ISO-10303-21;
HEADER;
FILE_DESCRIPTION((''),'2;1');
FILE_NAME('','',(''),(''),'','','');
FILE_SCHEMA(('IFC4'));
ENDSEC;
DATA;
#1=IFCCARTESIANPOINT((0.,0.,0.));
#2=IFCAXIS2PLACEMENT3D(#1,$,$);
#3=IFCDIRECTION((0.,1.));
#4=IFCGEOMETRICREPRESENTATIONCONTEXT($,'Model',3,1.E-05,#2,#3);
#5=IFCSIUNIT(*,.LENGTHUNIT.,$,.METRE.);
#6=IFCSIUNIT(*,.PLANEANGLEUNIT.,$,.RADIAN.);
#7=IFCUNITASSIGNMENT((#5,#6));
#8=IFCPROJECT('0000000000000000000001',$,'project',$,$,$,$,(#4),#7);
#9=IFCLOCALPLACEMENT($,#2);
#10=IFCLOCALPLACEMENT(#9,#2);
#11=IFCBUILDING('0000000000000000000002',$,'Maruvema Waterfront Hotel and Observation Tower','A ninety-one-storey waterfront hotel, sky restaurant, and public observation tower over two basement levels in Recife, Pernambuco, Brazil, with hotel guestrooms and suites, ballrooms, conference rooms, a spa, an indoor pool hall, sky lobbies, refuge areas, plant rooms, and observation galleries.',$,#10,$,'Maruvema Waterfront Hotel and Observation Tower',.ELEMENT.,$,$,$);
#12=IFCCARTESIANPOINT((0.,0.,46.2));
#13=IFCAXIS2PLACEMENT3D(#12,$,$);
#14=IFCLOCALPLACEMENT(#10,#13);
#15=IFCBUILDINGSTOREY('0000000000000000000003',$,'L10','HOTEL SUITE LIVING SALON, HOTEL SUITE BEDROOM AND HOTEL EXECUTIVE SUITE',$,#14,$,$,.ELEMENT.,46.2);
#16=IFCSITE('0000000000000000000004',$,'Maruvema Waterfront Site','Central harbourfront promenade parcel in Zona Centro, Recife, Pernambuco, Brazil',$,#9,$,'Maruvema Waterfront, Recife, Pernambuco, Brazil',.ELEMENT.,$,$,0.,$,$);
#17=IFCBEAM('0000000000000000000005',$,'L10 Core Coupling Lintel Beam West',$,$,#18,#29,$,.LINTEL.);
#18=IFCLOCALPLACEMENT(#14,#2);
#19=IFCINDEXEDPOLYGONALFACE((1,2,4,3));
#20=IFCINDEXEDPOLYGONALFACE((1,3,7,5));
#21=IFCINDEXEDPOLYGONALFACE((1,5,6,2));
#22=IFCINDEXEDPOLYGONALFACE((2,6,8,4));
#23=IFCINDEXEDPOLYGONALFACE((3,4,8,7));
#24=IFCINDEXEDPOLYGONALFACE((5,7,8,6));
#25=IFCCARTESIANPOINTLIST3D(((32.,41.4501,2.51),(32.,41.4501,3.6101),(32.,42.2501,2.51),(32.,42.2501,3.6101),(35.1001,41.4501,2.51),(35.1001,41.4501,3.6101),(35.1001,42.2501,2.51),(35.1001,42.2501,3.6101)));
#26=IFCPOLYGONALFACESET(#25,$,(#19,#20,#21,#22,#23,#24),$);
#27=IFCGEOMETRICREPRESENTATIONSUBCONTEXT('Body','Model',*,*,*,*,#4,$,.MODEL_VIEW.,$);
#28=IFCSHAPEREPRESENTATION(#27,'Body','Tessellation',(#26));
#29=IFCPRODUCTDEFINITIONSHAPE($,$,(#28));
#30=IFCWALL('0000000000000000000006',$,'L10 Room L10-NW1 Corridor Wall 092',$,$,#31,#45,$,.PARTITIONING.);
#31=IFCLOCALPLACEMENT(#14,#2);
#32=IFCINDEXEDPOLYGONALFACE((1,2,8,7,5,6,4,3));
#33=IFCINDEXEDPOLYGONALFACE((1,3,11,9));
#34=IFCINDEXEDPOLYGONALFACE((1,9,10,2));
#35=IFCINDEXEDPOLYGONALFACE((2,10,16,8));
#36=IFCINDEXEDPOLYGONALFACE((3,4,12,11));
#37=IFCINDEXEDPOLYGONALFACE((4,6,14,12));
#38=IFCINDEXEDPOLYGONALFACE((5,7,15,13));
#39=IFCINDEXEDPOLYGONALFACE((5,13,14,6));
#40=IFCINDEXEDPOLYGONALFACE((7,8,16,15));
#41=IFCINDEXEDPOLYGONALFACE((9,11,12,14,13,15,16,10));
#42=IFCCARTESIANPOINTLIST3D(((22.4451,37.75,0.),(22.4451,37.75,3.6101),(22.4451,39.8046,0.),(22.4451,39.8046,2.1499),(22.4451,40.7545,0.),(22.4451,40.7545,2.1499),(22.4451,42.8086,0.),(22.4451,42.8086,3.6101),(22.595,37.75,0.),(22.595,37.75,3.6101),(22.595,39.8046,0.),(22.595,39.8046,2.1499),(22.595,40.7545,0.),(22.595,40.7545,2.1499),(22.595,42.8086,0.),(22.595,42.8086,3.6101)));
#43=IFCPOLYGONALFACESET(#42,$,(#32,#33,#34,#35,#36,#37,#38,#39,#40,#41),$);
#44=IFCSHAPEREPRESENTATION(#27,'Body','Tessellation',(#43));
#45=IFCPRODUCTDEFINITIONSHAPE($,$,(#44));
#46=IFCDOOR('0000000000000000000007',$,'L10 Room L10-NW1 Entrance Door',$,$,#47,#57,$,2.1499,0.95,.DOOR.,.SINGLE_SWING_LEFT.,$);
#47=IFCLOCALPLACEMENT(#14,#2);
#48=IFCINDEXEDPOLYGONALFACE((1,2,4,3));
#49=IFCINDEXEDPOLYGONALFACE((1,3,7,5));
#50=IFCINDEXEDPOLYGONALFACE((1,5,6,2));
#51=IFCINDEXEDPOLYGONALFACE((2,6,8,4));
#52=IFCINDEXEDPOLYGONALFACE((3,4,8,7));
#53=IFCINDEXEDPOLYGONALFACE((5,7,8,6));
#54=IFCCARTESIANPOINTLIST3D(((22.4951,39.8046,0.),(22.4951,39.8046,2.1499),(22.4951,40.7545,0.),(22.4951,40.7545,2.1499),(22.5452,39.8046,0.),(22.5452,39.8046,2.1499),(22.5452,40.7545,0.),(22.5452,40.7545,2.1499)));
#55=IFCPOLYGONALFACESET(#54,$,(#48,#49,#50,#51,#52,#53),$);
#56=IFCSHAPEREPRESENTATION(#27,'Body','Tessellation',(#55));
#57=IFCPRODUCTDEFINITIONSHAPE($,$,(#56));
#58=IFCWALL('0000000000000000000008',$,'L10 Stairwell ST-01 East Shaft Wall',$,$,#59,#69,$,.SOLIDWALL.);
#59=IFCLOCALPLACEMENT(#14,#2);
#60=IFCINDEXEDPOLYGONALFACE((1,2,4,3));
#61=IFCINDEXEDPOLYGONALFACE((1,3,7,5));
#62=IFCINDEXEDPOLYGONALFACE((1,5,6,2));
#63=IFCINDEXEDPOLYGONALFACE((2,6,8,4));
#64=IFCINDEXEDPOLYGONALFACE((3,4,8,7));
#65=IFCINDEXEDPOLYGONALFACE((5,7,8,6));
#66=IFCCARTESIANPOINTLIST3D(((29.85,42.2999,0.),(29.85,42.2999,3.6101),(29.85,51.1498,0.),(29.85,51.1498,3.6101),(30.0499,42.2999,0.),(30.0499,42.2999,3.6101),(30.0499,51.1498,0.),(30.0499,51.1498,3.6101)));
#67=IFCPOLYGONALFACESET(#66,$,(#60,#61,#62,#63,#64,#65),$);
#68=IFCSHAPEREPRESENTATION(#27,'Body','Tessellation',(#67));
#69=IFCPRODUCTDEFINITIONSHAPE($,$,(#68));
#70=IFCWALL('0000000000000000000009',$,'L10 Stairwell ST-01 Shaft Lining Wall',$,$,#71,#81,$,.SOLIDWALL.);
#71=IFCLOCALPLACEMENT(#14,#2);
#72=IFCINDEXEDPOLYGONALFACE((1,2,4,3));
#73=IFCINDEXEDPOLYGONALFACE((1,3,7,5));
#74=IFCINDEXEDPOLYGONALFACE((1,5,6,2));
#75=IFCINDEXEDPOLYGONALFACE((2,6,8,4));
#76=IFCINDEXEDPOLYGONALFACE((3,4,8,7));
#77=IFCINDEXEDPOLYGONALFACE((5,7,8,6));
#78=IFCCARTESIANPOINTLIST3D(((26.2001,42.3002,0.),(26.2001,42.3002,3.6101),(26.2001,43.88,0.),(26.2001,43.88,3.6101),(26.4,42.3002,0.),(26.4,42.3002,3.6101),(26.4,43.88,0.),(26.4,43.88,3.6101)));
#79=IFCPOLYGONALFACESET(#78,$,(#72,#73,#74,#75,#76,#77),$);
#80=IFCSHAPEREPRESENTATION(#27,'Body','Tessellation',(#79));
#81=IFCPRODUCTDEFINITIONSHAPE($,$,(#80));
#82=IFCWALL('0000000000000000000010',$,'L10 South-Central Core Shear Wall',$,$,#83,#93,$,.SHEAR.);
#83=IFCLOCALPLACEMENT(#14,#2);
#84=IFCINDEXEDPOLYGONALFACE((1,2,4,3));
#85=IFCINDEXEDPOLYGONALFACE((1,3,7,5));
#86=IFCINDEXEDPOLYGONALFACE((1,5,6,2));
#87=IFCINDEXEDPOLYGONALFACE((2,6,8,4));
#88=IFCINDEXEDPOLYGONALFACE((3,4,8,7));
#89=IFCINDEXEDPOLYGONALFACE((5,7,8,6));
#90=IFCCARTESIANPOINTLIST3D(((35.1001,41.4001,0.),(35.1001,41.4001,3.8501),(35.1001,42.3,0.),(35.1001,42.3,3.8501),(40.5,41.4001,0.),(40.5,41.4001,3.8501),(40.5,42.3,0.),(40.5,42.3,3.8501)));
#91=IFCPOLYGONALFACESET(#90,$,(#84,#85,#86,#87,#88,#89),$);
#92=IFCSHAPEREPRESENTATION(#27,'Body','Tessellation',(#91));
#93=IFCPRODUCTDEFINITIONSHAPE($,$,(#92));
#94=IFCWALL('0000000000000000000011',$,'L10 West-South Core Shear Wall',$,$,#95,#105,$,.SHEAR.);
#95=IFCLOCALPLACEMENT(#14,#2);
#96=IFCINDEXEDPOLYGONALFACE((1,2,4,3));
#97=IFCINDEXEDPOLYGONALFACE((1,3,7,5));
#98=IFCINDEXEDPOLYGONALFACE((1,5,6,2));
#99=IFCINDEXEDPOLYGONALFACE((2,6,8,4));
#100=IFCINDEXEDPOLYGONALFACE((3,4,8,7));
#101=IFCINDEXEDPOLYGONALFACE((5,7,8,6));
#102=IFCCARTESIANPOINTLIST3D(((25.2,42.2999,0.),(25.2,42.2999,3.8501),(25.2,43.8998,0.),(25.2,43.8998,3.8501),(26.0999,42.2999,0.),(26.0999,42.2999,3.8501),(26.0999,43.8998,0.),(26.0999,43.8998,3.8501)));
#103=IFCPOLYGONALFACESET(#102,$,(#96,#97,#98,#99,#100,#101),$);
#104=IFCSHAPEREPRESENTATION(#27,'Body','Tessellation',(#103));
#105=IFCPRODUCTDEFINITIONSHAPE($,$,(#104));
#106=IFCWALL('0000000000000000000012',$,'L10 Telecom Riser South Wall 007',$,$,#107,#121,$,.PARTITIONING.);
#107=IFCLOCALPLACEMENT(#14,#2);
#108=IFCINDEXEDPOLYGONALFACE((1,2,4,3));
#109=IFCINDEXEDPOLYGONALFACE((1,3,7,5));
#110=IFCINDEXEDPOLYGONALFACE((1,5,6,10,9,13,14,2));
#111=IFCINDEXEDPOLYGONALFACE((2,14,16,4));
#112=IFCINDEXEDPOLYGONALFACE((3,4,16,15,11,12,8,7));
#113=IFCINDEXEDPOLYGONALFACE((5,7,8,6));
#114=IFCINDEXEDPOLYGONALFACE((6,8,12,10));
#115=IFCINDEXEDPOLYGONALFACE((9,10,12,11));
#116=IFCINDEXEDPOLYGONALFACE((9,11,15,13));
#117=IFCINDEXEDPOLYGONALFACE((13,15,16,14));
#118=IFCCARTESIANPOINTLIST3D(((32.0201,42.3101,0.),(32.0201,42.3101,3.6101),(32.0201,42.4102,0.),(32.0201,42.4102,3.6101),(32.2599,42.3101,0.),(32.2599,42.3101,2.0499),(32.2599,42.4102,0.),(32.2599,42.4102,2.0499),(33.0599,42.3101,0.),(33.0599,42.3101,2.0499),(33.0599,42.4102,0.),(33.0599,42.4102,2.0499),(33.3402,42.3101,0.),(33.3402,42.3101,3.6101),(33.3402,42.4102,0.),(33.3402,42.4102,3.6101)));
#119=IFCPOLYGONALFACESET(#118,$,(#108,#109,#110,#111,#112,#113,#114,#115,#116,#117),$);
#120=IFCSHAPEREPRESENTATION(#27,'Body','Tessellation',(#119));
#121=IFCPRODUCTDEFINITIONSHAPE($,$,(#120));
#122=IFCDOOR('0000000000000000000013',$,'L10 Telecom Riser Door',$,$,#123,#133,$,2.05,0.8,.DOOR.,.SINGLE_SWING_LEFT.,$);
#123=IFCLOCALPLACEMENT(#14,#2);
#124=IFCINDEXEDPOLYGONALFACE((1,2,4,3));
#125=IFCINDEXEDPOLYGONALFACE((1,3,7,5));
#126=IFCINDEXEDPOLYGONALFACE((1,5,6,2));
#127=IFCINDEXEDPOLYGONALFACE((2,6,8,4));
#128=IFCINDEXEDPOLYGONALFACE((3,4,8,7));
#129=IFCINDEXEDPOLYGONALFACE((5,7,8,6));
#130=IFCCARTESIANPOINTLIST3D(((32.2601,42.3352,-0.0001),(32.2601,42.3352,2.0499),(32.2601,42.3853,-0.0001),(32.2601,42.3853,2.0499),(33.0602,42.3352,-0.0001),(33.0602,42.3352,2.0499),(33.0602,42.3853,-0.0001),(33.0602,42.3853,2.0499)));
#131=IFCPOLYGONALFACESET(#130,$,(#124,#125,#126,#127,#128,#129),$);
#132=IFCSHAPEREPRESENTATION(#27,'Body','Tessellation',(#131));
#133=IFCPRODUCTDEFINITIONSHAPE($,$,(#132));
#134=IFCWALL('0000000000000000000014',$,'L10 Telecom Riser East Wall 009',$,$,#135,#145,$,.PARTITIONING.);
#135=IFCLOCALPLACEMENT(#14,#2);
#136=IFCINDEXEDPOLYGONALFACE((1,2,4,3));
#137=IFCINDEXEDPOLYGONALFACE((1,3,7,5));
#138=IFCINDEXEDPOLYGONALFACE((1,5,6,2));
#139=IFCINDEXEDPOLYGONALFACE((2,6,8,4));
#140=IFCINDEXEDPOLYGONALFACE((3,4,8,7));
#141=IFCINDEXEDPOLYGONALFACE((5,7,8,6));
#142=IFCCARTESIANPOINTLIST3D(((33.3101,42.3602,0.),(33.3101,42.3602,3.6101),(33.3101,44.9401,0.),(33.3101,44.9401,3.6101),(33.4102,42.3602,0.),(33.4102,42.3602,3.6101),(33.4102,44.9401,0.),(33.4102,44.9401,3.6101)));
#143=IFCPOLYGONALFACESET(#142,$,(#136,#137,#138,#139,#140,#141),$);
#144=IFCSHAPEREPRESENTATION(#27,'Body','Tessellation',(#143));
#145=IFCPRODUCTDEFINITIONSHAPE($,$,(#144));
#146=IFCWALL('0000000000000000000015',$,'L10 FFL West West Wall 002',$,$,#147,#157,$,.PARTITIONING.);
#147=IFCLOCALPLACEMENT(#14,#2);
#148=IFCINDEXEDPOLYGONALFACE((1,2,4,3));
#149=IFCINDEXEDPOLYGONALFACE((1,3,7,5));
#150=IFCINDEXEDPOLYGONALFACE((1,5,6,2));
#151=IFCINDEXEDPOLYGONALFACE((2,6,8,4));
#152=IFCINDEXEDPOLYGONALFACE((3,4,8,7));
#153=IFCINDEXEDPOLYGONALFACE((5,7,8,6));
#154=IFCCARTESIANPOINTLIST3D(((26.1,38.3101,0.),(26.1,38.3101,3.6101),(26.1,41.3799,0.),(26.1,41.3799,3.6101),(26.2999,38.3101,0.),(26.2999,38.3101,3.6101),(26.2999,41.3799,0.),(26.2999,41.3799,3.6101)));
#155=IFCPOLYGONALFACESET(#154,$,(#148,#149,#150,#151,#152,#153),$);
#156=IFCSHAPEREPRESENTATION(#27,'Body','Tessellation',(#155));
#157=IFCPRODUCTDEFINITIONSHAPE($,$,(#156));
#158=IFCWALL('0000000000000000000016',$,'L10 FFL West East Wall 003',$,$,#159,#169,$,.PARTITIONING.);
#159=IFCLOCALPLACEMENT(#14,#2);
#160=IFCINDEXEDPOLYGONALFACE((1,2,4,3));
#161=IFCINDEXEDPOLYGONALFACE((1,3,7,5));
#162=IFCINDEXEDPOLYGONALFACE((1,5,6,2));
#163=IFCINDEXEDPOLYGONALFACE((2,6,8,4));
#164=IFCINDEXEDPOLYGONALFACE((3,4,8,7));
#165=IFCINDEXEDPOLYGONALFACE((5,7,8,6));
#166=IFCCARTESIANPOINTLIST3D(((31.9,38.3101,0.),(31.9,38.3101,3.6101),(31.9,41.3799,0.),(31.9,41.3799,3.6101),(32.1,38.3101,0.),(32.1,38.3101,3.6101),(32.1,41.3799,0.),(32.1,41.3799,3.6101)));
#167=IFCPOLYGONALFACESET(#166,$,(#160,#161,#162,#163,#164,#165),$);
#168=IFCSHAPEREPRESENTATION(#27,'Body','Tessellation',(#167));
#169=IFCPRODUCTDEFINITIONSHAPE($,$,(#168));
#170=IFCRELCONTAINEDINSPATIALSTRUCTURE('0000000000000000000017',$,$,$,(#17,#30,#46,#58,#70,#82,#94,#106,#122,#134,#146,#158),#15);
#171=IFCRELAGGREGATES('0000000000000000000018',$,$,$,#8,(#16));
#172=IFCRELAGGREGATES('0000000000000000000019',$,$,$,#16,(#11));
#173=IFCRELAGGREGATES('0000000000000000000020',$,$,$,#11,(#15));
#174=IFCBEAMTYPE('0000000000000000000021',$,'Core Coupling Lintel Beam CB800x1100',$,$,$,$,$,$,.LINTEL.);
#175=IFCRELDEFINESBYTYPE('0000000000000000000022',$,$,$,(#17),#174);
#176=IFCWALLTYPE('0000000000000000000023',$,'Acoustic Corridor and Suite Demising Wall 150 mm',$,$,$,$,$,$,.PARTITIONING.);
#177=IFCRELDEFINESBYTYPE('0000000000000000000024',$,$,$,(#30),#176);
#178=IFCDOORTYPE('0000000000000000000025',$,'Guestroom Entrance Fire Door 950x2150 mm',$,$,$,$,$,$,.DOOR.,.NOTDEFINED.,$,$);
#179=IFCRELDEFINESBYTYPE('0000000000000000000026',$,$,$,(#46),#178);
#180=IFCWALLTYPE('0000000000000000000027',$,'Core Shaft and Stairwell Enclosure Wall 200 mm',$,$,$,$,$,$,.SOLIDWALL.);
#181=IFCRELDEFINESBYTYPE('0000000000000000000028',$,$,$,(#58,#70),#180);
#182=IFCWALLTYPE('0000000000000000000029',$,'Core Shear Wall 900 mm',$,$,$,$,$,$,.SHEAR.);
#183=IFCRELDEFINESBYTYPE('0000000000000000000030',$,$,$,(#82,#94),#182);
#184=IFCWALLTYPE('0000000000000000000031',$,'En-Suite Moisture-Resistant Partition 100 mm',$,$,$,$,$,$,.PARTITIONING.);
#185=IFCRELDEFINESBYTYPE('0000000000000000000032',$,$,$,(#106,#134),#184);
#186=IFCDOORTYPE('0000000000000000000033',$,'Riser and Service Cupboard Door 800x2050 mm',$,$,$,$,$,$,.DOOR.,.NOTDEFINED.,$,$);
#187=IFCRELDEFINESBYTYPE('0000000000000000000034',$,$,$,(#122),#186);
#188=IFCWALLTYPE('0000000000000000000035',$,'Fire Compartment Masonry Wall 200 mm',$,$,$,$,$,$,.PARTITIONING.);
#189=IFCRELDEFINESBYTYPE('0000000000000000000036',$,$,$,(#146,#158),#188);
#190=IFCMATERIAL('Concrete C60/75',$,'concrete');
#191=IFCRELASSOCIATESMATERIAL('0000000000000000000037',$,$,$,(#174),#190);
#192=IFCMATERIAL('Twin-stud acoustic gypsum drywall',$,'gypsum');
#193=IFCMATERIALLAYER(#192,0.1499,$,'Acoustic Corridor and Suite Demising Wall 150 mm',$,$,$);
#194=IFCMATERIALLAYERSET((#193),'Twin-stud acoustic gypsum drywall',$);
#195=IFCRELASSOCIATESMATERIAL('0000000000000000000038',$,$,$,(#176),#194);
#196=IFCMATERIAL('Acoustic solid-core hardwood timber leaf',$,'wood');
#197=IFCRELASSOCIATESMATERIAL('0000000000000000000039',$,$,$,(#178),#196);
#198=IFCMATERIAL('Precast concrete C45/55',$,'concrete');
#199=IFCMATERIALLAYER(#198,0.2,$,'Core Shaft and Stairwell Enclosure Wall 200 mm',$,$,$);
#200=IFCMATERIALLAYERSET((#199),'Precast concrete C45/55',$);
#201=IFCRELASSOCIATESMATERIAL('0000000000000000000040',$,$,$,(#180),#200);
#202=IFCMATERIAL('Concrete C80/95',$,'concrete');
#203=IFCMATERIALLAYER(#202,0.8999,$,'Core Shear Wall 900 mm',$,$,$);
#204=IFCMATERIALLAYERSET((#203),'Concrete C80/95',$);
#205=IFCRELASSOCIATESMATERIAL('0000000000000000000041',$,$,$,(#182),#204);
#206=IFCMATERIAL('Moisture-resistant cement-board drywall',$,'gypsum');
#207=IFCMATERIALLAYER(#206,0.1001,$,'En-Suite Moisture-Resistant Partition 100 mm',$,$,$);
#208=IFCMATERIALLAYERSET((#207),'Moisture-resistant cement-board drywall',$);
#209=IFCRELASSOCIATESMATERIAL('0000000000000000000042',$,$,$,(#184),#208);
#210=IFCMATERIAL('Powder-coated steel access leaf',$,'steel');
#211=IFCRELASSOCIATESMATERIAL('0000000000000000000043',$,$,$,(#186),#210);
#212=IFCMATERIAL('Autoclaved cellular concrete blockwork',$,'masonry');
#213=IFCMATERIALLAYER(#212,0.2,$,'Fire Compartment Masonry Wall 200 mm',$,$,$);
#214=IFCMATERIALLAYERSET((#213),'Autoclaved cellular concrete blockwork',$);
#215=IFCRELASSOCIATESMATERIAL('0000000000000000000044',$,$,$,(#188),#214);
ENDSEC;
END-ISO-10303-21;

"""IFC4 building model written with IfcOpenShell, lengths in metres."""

from ifc_helpers import new_model, si_unit, direction, frame, frame_2d, origin, origin_2d, place, context, subcontext, project, spatial, rectangle, extrude, material, layer, layer_set, material_profile, profile_set, type_object, element, fill, save


model = new_model("IFC4")

# Units and contexts
model_context = context("Model", 3, precision=1e-05, world=origin(), true_north=direction((0.0, 1.0)))
body_context = subcontext(model_context, "Body", "Model", "MODEL_VIEW")
ifc_project = project(units=[si_unit("LENGTHUNIT", "METRE"), si_unit("PLANEANGLEUNIT", "RADIAN")], contexts=[model_context])

# Site, building, storey
site_placement = place(None, origin())
site = spatial("IfcSite", under=ifc_project, at=site_placement, Name="Maruvema Waterfront Site", Description="Central harbourfront promenade parcel in Zona Centro, Recife, Pernambuco, Brazil", LongName="Maruvema Waterfront, Recife, Pernambuco, Brazil", CompositionType="ELEMENT", RefElevation=0.0)
building_placement = place(site_placement, origin())
building = spatial("IfcBuilding", under=site, at=building_placement, Name="Maruvema Waterfront Hotel and Observation Tower", Description="A ninety-one-storey waterfront hotel, sky restaurant, and public observation tower over two basement levels in Recife, Pernambuco, Brazil, with hotel guestrooms and suites, ballrooms, conference rooms, a spa, an indoor pool hall, sky lobbies, refuge areas, plant rooms, and observation galleries.", LongName="Maruvema Waterfront Hotel and Observation Tower", CompositionType="ELEMENT")
storey_placement = place(building_placement, frame((0.0, 0.0, 46.2)))
storey = spatial("IfcBuildingStorey", under=building, at=storey_placement, Name="L10", Description="HOTEL SUITE LIVING SALON, HOTEL SUITE BEDROOM AND HOTEL EXECUTIVE SUITE", CompositionType="ELEMENT", Elevation=46.2)

# Beam
ifc_material_1 = material(Name="Concrete C60/75", Category="concrete")
ifc_material_profile = material_profile(ifc_material_1, rectangle(XDim=0.8, YDim=1.1001, at=origin_2d()), Name="CB800x1100")
ifc_profile_set = profile_set([ifc_material_profile], Name="Concrete C60/75")
beam_type = type_object("IfcBeamType", Name="Core Coupling Lintel Beam CB800x1100", PredefinedType="LINTEL", material=ifc_profile_set)
beam_placement = place(storey_placement, frame((32.0, 41.8501, 3.0601), z_axis=(1.0, 0.0, 0.0), x_axis=(0.0, 1.0, 0.0)))
element("IfcBeam", 1, at=beam_placement, inside=storey, type_object=beam_type, Name="L10 Core Coupling Lintel Beam West", PredefinedType="LINTEL", context=body_context, shape_type="SweptSolid", body=[
    extrude(rectangle(XDim=0.8, YDim=1.1001, at=origin_2d()), origin(), (0.0, 0.0, 1.0), 3.1001),
])

# Wall, opening, door
ifc_material_2 = material(Name="Twin-stud acoustic gypsum drywall", Category="gypsum")
ifc_layer_1 = layer(ifc_material_2, 0.1499, Name="Acoustic Corridor and Suite Demising Wall 150 mm")
ifc_layer_set_1 = layer_set([ifc_layer_1], Name="Twin-stud acoustic gypsum drywall")
wall_type_1 = type_object("IfcWallType", Name="Acoustic Corridor and Suite Demising Wall 150 mm", PredefinedType="PARTITIONING", material=ifc_layer_set_1)
wall_1_placement = place(storey_placement, frame((22.52, 37.75, 0.0), z_axis=(0.0, 0.0, 1.0), x_axis=(0.0, 1.0, 0.0)))
wall_1 = element("IfcWall", 2, at=wall_1_placement, inside=storey, type_object=wall_type_1, Name="L10 Room L10-NW1 Corridor Wall 092", PredefinedType="PARTITIONING", context=body_context, shape_type="SweptSolid", body=[
    extrude(rectangle(XDim=5.0586, YDim=0.1499, at=frame_2d((2.5293, 0.0))), origin(), (0.0, 0.0, 1.0), 3.6101),
])
opening_1_placement = place(wall_1_placement, frame((2.0544, 0.0, 0.0)))
opening_1 = element("IfcOpeningElement", 3, at=opening_1_placement, cuts=wall_1, PredefinedType="OPENING", context=body_context, shape_type="SweptSolid", body=[
    extrude(rectangle(XDim=0.95, YDim=2.1499, at=frame_2d((0.4751, 1.075))), frame((0.0, 0.085, 0.0), z_axis=(0.0, -1.0, 0.0), x_axis=(1.0, 0.0, 0.0)), (0.0, 0.0, 1.0), 0.1699),
])
ifc_material_3 = material(Name="Acoustic solid-core hardwood timber leaf", Category="wood")
door_type_1 = type_object("IfcDoorType", Name="Guestroom Entrance Fire Door 950x2150 mm", OperationType="NOTDEFINED", PredefinedType="DOOR", material=ifc_material_3)
door_1_placement = place(opening_1_placement, origin())
door_1 = element("IfcDoor", 4, at=door_1_placement, inside=storey, type_object=door_type_1, Name="L10 Room L10-NW1 Entrance Door", OperationType="SINGLE_SWING_LEFT", OverallHeight=2.1499, OverallWidth=0.95, PredefinedType="DOOR", context=body_context, shape_type="SweptSolid", body=[
    extrude(rectangle(XDim=0.95, YDim=2.1499, at=frame_2d((0.4751, 1.075))), frame((0.0, 0.0249, 0.0), z_axis=(0.0, -1.0, 0.0), x_axis=(1.0, 0.0, 0.0)), (0.0, 0.0, 1.0), 0.05),
])
fill(opening_1, door_1)

# Walls
ifc_material_4 = material(Name="Precast concrete C45/55", Category="concrete")
ifc_layer_2 = layer(ifc_material_4, 0.2, Name="Core Shaft and Stairwell Enclosure Wall 200 mm")
ifc_layer_set_2 = layer_set([ifc_layer_2], Name="Precast concrete C45/55")
wall_type_2 = type_object("IfcWallType", Name="Core Shaft and Stairwell Enclosure Wall 200 mm", PredefinedType="SOLIDWALL", material=ifc_layer_set_2)
wall_2_placement = place(storey_placement, frame((29.95, 42.3, 0.0), z_axis=(0.0, 0.0, 1.0), x_axis=(0.0, 1.0, 0.0)))
element("IfcWall", 5, at=wall_2_placement, inside=storey, type_object=wall_type_2, Name="L10 Stairwell ST-01 East Shaft Wall", PredefinedType="SOLIDWALL", context=body_context, shape_type="SweptSolid", body=[
    extrude(rectangle(XDim=8.8499, YDim=0.2, at=frame_2d((4.4248, 0.0))), origin(), (0.0, 0.0, 1.0), 3.6101),
])
wall_3_placement = place(storey_placement, frame((26.3, 42.3, 0.0), z_axis=(0.0, 0.0, 1.0), x_axis=(0.0, 1.0, 0.0)))
element("IfcWall", 6, at=wall_3_placement, inside=storey, type_object=wall_type_2, Name="L10 Stairwell ST-01 Shaft Lining Wall", PredefinedType="SOLIDWALL", context=body_context, shape_type="SweptSolid", body=[
    extrude(rectangle(XDim=1.5798, YDim=0.2, at=frame_2d((0.79, 0.0))), origin(), (0.0, 0.0, 1.0), 3.6101),
])

# Shared definitions
ifc_material_5 = material(Name="Concrete C80/95", Category="concrete")
ifc_layer_3 = layer(ifc_material_5, 0.8999, Name="Core Shear Wall 900 mm")
ifc_layer_set_3 = layer_set([ifc_layer_3], Name="Concrete C80/95")
wall_type_3 = type_object("IfcWallType", Name="Core Shear Wall 900 mm", PredefinedType="SHEAR", material=ifc_layer_set_3)

# Walls
wall_4_placement = place(storey_placement, frame((35.1001, 41.8501, 0.0), z_axis=(0.0, 0.0, 1.0), x_axis=(1.0, 0.0, 0.0)))
element("IfcWall", 7, at=wall_4_placement, inside=storey, type_object=wall_type_3, Name="L10 South-Central Core Shear Wall", PredefinedType="SHEAR", context=body_context, shape_type="SweptSolid", body=[
    extrude(rectangle(XDim=5.3999, YDim=0.8999, at=frame_2d((2.7, 0.0))), origin(), (0.0, 0.0, 1.0), 3.8501),
])
wall_5_placement = place(storey_placement, frame((25.6499, 42.3, 0.0), z_axis=(0.0, 0.0, 1.0), x_axis=(0.0, 1.0, 0.0)))
element("IfcWall", 8, at=wall_5_placement, inside=storey, type_object=wall_type_3, Name="L10 West-South Core Shear Wall", PredefinedType="SHEAR", context=body_context, shape_type="SweptSolid", body=[
    extrude(rectangle(XDim=1.5999, YDim=0.8999, at=frame_2d((0.7998, 0.0))), origin(), (0.0, 0.0, 1.0), 3.8501),
])

# Wall, opening, door
ifc_material_6 = material(Name="Moisture-resistant cement-board drywall", Category="gypsum")
ifc_layer_4 = layer(ifc_material_6, 0.1001, Name="En-Suite Moisture-Resistant Partition 100 mm")
ifc_layer_set_4 = layer_set([ifc_layer_4], Name="Moisture-resistant cement-board drywall")
wall_type_4 = type_object("IfcWallType", Name="En-Suite Moisture-Resistant Partition 100 mm", PredefinedType="PARTITIONING", material=ifc_layer_set_4)
wall_6_placement = place(storey_placement, frame((32.02, 42.3601, 0.0), z_axis=(0.0, 0.0, 1.0), x_axis=(1.0, 0.0, 0.0)))
wall_6 = element("IfcWall", 9, at=wall_6_placement, inside=storey, type_object=wall_type_4, Name="L10 Telecom Riser South Wall 007", PredefinedType="PARTITIONING", context=body_context, shape_type="SweptSolid", body=[
    extrude(rectangle(XDim=1.3201, YDim=0.1001, at=frame_2d((0.6602, 0.0))), origin(), (0.0, 0.0, 1.0), 3.6101),
])
opening_2_placement = place(wall_6_placement, frame((0.24, 0.0, 0.0)))
opening_2 = element("IfcOpeningElement", 10, at=opening_2_placement, cuts=wall_6, PredefinedType="OPENING", context=body_context, shape_type="SweptSolid", body=[
    extrude(rectangle(XDim=0.8, YDim=2.05, at=frame_2d((0.3999, 1.0249))), frame((0.0, 0.0601, 0.0), z_axis=(0.0, -1.0, 0.0), x_axis=(1.0, 0.0, 0.0)), (0.0, 0.0, 1.0), 0.1201),
])
ifc_material_7 = material(Name="Powder-coated steel access leaf", Category="steel")
door_type_2 = type_object("IfcDoorType", Name="Riser and Service Cupboard Door 800x2050 mm", OperationType="NOTDEFINED", PredefinedType="DOOR", material=ifc_material_7)
door_2_placement = place(opening_2_placement, frame((0.8, 0.0, 0.0), z_axis=(0.0, 0.0, 1.0), x_axis=(-1.0, 0.0, 0.0)))
door_2 = element("IfcDoor", 11, at=door_2_placement, inside=storey, type_object=door_type_2, Name="L10 Telecom Riser Door", OperationType="SINGLE_SWING_LEFT", OverallHeight=2.05, OverallWidth=0.8, PredefinedType="DOOR", context=body_context, shape_type="SweptSolid", body=[
    extrude(rectangle(XDim=0.8, YDim=2.05, at=frame_2d((0.3999, 1.0249))), frame((0.0, 0.0249, 0.0), z_axis=(0.0, -1.0, 0.0), x_axis=(1.0, 0.0, 0.0)), (0.0, 0.0, 1.0), 0.05),
])
fill(opening_2, door_2)

# Wall
wall_7_placement = place(storey_placement, frame((33.3601, 42.3601, 0.0), z_axis=(0.0, 0.0, 1.0), x_axis=(0.0, 1.0, 0.0)))
element("IfcWall", 12, at=wall_7_placement, inside=storey, type_object=wall_type_4, Name="L10 Telecom Riser East Wall 009", PredefinedType="PARTITIONING", context=body_context, shape_type="SweptSolid", body=[
    extrude(rectangle(XDim=2.5798, YDim=0.1001, at=frame_2d((1.29, 0.0))), origin(), (0.0, 0.0, 1.0), 3.6101),
])

# Shared definitions
ifc_material_8 = material(Name="Autoclaved cellular concrete blockwork", Category="masonry")
ifc_layer_5 = layer(ifc_material_8, 0.2, Name="Fire Compartment Masonry Wall 200 mm")
ifc_layer_set_5 = layer_set([ifc_layer_5], Name="Autoclaved cellular concrete blockwork")
wall_type_5 = type_object("IfcWallType", Name="Fire Compartment Masonry Wall 200 mm", PredefinedType="PARTITIONING", material=ifc_layer_set_5)

# Walls
for number, where, z_axis, x_axis, name in (
    (13, (26.2, 38.3101, 0.0), (0.0, 0.0, 1.0), (0.0, 1.0, 0.0), "L10 FFL West West Wall 002"),
    (14, (32.0, 38.3101, 0.0), (0.0, 0.0, 1.0), (0.0, 1.0, 0.0), "L10 FFL West East Wall 003"),
):
    element("IfcWall", number, at=place(storey_placement, frame(where, z_axis=z_axis, x_axis=x_axis)), inside=storey, type_object=wall_type_5, Name=name, PredefinedType="PARTITIONING", context=body_context, shape_type="SweptSolid", body=[
        extrude(rectangle(XDim=3.0698, YDim=0.2, at=frame_2d((1.5349, 0.0))), origin(), (0.0, 0.0, 1.0), 3.6101),
    ])

save(model, "model.ifc")
